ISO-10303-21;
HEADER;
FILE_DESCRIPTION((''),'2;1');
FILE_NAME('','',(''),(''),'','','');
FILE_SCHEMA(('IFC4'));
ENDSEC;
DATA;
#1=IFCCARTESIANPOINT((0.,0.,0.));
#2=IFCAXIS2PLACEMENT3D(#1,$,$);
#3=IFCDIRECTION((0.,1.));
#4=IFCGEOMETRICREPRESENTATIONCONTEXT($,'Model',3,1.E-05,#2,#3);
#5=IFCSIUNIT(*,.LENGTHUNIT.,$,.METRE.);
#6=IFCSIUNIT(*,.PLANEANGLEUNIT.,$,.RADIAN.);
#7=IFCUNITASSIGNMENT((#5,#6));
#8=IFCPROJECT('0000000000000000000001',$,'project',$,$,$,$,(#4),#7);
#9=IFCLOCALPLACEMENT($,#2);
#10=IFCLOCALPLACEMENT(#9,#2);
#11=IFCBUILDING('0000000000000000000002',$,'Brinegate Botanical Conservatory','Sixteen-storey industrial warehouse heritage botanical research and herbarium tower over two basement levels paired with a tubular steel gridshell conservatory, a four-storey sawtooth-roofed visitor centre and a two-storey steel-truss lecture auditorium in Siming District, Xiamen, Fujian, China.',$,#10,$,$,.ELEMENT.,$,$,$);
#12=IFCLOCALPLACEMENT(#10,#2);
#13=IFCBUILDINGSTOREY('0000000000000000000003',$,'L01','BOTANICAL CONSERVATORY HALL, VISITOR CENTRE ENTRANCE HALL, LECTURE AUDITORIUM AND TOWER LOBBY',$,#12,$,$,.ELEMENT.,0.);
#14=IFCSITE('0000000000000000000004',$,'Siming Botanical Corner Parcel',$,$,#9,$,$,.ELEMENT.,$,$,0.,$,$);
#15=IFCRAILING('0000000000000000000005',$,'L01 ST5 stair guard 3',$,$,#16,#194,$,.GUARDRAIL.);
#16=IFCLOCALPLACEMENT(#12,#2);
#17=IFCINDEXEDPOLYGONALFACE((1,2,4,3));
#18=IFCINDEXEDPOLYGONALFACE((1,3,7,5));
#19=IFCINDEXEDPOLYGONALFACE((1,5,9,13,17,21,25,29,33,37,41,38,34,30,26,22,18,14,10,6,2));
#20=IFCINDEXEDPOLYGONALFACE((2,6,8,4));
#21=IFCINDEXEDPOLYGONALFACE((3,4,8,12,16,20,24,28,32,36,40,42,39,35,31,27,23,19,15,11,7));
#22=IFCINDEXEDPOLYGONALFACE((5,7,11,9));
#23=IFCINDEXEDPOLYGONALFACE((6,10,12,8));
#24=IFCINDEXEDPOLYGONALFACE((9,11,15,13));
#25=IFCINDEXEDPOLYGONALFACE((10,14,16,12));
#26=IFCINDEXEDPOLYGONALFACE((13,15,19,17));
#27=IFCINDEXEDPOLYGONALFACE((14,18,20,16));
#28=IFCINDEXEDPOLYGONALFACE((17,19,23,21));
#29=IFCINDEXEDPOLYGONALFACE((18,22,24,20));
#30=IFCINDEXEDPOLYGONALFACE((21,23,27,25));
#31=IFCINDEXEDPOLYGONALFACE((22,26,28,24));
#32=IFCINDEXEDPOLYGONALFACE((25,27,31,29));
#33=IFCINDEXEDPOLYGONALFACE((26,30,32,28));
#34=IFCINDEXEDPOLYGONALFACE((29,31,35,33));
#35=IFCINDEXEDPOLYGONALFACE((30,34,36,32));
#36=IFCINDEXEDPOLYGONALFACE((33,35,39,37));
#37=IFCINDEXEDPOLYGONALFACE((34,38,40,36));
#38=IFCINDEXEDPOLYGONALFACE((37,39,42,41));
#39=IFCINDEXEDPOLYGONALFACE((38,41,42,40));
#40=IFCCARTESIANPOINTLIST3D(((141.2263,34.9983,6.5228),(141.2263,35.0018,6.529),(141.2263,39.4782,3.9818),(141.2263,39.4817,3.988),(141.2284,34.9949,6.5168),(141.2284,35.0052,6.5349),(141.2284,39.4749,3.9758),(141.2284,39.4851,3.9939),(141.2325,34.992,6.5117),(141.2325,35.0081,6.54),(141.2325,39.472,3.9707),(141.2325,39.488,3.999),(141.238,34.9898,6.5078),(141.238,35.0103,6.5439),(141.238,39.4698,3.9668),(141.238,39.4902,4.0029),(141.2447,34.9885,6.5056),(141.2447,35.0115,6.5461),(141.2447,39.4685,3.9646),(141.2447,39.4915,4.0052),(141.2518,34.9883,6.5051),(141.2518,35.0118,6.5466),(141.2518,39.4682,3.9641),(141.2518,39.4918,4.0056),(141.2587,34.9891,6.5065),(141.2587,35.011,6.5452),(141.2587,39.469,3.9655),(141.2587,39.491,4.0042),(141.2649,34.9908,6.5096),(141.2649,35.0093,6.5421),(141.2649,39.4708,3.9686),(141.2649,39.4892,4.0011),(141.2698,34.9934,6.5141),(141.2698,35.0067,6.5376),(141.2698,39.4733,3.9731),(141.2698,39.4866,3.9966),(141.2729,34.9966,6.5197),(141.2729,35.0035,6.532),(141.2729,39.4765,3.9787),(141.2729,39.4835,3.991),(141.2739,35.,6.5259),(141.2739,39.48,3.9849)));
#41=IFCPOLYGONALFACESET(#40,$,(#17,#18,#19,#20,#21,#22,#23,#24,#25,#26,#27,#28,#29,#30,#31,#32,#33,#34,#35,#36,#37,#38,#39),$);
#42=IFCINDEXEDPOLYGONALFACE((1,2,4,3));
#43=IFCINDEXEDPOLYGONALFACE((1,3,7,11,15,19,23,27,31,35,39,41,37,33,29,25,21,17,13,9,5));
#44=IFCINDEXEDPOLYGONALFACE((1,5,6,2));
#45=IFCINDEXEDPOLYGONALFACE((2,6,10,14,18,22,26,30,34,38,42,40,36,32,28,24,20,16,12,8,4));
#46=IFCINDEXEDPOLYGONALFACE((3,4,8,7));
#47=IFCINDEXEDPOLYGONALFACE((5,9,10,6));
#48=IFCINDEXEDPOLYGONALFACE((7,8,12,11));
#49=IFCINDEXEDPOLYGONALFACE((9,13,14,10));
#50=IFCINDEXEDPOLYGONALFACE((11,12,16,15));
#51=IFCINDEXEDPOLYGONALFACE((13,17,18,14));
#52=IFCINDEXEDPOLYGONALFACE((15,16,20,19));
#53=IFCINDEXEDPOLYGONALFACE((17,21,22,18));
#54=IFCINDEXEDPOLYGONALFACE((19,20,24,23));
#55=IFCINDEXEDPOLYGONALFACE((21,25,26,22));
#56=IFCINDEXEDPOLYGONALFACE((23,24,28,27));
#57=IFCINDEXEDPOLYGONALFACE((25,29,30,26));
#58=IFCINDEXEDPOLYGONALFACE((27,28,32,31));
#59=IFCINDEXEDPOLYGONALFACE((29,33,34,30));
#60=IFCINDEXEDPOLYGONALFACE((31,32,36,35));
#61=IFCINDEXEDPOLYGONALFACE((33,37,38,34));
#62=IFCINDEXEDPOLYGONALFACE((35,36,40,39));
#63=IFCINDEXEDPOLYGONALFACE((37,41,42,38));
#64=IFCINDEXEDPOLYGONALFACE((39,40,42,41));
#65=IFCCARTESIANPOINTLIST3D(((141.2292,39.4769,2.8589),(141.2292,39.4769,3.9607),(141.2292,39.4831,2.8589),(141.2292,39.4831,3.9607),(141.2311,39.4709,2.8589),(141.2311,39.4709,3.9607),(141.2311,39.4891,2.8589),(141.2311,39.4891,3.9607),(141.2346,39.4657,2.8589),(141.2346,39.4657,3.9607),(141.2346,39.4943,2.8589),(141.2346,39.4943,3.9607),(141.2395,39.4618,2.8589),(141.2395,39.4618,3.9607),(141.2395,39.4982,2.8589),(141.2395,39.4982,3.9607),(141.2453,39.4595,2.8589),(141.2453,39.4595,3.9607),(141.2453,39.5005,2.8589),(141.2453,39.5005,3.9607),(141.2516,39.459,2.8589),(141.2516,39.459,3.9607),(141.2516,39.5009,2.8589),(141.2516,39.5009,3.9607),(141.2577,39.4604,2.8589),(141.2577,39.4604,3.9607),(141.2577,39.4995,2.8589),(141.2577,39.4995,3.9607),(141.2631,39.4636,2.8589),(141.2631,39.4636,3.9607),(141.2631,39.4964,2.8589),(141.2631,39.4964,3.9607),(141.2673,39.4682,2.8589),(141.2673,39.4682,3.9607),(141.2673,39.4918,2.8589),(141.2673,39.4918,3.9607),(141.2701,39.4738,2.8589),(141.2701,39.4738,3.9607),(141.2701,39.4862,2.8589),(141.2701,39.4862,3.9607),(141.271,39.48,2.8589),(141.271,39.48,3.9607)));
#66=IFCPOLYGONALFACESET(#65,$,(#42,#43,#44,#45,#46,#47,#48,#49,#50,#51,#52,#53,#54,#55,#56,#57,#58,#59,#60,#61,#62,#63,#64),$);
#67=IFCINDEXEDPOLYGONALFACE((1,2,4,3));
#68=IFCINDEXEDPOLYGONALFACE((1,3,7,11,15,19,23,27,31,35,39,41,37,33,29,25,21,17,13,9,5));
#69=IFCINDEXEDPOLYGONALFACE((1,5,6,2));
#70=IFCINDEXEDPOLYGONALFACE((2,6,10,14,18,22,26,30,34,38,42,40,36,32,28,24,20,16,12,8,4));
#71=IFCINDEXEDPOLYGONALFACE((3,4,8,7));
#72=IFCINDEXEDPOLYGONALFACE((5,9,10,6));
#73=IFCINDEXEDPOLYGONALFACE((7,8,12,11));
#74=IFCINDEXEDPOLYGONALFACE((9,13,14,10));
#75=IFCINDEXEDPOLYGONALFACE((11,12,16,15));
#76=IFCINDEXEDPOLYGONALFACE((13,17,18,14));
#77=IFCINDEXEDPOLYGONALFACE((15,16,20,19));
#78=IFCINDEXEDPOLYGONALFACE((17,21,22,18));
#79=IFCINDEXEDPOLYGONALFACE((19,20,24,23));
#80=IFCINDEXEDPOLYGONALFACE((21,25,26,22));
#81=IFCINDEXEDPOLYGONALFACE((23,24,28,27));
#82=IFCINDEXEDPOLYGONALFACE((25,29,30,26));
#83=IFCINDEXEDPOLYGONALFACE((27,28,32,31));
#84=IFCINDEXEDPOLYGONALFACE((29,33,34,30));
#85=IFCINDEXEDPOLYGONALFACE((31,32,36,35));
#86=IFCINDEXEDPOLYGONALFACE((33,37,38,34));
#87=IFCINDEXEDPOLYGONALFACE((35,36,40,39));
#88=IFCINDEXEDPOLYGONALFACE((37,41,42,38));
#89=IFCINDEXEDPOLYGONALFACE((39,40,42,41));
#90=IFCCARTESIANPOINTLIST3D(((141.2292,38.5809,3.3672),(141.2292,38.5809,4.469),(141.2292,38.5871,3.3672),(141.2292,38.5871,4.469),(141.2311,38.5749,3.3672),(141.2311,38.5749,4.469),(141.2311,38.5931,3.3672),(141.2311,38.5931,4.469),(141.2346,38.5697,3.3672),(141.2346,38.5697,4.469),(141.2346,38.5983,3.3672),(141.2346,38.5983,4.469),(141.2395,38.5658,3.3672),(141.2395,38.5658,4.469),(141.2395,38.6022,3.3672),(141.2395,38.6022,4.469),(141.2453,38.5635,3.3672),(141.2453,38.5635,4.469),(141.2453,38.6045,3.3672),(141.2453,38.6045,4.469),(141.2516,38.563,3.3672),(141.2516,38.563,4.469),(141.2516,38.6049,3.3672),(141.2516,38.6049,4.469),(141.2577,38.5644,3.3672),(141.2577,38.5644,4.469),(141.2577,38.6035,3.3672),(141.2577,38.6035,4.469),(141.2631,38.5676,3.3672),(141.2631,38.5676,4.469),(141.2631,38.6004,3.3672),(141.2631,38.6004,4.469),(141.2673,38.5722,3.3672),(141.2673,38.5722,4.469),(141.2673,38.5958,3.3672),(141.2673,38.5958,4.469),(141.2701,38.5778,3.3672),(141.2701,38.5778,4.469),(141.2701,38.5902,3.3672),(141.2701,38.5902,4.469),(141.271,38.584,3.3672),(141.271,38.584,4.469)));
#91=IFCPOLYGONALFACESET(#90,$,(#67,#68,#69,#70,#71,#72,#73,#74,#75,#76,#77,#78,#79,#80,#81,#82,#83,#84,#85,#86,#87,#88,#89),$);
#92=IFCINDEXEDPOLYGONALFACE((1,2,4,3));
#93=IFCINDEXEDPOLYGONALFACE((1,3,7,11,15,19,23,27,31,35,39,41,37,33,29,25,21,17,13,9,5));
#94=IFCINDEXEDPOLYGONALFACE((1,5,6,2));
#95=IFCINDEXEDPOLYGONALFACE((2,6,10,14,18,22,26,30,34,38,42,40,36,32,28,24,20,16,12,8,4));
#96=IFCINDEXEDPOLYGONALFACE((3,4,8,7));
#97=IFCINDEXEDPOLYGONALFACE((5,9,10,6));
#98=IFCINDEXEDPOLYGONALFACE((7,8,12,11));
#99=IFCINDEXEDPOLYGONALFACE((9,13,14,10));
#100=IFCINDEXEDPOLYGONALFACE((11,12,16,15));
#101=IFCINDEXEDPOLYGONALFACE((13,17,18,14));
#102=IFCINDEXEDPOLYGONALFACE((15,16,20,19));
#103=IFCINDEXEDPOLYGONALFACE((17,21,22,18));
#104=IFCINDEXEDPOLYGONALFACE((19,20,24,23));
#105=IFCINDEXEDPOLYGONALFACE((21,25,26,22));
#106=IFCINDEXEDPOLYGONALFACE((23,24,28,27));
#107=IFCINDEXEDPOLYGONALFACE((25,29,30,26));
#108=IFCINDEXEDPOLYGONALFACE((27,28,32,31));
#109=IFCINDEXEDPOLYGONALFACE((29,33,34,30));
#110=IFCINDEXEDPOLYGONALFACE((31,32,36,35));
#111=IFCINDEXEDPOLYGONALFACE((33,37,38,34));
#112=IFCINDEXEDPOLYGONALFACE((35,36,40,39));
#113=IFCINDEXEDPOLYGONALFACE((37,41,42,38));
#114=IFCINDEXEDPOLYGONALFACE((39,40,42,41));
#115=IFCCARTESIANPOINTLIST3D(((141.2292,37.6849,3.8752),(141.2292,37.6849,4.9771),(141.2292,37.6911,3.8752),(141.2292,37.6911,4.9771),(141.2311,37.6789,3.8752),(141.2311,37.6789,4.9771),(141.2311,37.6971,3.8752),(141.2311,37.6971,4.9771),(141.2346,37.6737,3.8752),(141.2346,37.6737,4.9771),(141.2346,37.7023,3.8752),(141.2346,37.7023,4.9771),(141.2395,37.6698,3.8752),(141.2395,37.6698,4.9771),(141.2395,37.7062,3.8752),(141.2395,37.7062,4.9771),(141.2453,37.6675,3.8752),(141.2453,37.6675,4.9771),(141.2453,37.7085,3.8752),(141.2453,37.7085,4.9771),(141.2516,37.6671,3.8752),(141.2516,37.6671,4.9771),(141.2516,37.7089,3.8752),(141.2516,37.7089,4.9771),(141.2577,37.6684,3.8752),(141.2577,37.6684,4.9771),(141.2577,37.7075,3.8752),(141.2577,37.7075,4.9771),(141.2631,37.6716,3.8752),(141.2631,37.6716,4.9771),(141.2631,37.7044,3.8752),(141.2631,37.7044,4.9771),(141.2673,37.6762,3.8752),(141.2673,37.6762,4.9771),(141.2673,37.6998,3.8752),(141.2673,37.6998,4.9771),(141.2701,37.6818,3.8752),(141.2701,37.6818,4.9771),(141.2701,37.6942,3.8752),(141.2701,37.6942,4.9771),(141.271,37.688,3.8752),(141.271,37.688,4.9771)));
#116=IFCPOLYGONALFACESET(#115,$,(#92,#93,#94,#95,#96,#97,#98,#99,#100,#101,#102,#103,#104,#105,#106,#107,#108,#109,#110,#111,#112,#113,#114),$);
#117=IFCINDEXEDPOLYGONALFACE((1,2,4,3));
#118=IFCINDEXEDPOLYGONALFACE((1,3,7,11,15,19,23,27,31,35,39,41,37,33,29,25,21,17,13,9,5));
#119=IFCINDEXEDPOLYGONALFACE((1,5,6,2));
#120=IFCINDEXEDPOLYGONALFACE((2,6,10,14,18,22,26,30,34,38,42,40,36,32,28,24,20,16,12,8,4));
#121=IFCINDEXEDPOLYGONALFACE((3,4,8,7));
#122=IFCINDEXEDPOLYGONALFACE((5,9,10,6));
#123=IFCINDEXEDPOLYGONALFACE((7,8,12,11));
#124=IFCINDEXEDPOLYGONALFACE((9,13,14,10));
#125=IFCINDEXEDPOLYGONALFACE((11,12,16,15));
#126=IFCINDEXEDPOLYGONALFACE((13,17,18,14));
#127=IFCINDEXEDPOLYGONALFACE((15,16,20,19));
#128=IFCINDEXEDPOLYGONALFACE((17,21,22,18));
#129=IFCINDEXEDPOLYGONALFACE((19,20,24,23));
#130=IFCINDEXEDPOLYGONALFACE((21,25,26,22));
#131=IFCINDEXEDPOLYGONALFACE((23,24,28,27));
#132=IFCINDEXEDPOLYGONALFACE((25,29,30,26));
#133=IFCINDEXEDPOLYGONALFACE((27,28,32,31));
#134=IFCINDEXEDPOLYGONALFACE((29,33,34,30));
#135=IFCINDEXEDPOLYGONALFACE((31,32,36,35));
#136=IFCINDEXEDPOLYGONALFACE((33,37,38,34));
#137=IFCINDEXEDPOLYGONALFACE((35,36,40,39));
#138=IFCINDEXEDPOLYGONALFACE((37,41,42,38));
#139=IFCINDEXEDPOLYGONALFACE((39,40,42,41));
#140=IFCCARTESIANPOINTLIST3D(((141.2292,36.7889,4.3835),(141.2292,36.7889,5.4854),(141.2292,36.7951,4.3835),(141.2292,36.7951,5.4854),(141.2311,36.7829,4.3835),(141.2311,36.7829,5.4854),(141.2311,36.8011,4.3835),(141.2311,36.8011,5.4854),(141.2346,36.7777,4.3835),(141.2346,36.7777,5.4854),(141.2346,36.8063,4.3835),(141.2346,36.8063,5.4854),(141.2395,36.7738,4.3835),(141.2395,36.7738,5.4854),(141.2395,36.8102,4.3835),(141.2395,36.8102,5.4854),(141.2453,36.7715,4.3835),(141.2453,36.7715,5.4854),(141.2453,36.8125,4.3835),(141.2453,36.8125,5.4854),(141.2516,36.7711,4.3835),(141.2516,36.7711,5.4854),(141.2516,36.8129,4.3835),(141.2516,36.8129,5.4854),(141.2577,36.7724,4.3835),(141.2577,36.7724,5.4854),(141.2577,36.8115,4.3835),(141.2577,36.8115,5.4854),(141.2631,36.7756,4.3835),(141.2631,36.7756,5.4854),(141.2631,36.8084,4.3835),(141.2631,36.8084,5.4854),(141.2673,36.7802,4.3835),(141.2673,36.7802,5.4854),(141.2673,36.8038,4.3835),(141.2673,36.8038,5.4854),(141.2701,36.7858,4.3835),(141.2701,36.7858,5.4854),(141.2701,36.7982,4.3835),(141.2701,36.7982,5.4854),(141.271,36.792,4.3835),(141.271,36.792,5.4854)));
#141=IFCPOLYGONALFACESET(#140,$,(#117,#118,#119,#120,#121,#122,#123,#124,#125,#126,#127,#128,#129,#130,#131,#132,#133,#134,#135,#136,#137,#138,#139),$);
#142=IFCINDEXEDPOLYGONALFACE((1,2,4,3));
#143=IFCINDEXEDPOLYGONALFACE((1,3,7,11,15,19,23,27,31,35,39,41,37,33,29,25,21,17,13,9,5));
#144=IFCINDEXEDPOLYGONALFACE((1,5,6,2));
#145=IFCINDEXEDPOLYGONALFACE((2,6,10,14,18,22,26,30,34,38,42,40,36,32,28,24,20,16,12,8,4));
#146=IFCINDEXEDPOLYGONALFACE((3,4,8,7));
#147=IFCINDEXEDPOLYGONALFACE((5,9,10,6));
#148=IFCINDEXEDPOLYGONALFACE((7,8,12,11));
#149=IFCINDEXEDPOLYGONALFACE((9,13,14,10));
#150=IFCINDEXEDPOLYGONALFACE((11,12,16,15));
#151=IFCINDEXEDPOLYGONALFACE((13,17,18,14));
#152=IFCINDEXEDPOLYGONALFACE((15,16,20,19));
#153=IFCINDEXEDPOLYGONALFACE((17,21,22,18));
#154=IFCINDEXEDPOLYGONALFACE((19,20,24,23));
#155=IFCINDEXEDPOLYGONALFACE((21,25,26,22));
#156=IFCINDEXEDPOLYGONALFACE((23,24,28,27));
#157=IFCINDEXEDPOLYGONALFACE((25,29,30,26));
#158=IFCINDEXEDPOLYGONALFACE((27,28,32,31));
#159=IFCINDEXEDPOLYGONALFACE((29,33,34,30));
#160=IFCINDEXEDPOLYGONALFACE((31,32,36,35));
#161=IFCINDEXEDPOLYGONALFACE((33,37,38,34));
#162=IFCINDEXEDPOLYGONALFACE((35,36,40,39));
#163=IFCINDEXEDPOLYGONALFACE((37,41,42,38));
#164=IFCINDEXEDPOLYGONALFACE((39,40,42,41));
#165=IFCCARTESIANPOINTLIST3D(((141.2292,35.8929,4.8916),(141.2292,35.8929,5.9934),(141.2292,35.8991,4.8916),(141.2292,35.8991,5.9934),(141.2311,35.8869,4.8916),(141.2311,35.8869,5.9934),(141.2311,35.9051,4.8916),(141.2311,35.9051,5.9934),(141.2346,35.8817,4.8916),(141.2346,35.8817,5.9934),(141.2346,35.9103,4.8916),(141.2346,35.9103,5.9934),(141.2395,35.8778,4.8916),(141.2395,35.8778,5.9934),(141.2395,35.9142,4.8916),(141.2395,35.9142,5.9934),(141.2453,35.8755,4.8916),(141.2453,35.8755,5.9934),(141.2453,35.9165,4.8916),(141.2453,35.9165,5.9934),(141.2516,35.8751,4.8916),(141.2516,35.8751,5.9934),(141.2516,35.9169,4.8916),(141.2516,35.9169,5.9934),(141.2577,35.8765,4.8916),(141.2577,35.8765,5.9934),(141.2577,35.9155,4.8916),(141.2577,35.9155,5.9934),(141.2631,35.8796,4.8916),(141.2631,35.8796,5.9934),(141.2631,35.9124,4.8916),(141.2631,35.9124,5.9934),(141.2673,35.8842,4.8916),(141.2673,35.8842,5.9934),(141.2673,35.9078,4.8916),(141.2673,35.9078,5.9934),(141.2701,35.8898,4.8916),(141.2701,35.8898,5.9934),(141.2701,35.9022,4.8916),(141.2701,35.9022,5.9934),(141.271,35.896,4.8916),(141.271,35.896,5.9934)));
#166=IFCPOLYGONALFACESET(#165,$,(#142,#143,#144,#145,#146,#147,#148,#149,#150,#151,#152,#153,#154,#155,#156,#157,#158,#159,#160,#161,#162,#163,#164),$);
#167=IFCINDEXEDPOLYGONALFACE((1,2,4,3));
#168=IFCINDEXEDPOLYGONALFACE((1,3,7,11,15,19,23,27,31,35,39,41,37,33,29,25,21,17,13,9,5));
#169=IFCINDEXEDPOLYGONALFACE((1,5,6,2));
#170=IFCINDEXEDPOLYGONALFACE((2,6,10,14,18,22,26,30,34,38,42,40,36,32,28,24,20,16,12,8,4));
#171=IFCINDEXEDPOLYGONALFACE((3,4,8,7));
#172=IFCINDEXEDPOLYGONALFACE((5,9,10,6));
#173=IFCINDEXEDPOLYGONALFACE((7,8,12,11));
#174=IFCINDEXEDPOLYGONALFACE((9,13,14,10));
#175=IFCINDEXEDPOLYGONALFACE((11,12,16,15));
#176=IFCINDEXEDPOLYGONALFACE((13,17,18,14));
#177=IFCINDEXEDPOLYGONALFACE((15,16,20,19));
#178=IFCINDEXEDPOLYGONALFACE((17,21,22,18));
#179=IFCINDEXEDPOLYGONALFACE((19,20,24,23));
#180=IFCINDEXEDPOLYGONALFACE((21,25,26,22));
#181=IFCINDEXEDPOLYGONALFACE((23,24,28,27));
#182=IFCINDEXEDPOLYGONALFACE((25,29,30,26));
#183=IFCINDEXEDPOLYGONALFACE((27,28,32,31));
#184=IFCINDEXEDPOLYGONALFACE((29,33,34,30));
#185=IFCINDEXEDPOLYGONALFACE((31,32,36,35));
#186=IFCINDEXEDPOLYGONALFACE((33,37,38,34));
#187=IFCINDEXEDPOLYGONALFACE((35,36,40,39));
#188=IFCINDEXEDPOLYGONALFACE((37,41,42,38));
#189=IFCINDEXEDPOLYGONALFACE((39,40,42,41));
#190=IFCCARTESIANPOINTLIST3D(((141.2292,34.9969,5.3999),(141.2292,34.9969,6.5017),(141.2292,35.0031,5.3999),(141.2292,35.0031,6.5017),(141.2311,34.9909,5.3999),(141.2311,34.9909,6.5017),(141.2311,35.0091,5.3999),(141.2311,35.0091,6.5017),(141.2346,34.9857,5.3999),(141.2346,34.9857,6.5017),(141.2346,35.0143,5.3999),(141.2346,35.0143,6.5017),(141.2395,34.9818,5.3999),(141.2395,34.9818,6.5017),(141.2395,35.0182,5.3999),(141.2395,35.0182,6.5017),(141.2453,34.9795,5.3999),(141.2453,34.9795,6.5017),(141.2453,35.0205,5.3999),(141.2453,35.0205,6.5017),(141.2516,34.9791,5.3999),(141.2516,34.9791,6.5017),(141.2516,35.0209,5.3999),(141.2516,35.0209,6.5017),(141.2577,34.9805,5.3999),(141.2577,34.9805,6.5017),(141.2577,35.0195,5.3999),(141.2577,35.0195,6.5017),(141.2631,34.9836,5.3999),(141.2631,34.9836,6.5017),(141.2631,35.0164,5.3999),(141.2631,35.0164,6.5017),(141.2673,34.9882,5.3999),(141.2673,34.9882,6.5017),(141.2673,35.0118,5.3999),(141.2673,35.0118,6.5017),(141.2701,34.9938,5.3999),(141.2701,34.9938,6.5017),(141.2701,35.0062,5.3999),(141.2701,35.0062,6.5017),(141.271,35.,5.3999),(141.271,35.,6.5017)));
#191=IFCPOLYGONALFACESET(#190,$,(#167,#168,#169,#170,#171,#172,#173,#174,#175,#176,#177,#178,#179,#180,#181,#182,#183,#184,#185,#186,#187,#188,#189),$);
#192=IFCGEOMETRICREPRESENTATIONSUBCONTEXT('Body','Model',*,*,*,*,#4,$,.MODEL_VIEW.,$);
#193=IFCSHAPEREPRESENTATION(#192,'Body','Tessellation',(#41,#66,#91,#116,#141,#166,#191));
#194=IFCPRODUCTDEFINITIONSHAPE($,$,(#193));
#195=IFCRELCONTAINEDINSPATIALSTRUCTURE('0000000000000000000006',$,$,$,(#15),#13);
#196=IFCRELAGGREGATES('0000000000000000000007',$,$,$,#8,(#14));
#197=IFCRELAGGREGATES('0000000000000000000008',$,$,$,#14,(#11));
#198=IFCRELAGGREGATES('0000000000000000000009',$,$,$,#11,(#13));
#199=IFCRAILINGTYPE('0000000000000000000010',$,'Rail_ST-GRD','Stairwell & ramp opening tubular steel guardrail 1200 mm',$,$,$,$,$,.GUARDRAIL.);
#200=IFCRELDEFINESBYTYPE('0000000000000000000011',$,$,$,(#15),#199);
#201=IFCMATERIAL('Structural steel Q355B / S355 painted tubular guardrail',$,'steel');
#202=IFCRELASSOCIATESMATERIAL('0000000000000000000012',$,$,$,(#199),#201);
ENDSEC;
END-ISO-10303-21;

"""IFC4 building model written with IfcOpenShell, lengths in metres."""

from ifc_helpers import new_model, si_unit, direction, frame, origin, origin_2d, place, context, subcontext, project, spatial, circle, extrude, material, type_object, element, save


model = new_model("IFC4")

# Units and contexts
model_context = context("Model", 3, precision=1e-05, world=origin(), true_north=direction((0.0, 1.0)))
body_context = subcontext(model_context, "Body", "Model", "MODEL_VIEW")
ifc_project = project(units=[si_unit("LENGTHUNIT", "METRE"), si_unit("PLANEANGLEUNIT", "RADIAN")], contexts=[model_context])

# Site, building, storey
site_placement = place(None, origin())
site = spatial("IfcSite", under=ifc_project, at=site_placement, Name="Siming Botanical Corner Parcel", CompositionType="ELEMENT", RefElevation=0.0)
building_placement = place(site_placement, origin())
building = spatial("IfcBuilding", under=site, at=building_placement, Name="Brinegate Botanical Conservatory", Description="Sixteen-storey industrial warehouse heritage botanical research and herbarium tower over two basement levels paired with a tubular steel gridshell conservatory, a four-storey sawtooth-roofed visitor centre and a two-storey steel-truss lecture auditorium in Siming District, Xiamen, Fujian, China.", CompositionType="ELEMENT")
storey_placement = place(building_placement, origin())
storey = spatial("IfcBuildingStorey", under=building, at=storey_placement, Name="L01", Description="BOTANICAL CONSERVATORY HALL, VISITOR CENTRE ENTRANCE HALL, LECTURE AUDITORIUM AND TOWER LOBBY", CompositionType="ELEMENT", Elevation=0.0)

# Railing
ifc_material_1 = material(Name="Structural steel Q355B / S355 painted tubular guardrail", Category="steel")
railing_type = type_object("IfcRailingType", Name="Rail_ST-GRD", Description="Stairwell & ramp opening tubular steel guardrail 1200 mm", PredefinedType="GUARDRAIL", material=ifc_material_1)
railing_1_placement = place(storey_placement, frame((141.25, 39.48, 2.8589)))
element("IfcRailing", 1, at=railing_1_placement, inside=storey, type_object=railing_type, Name="L01 ST5 stair guard 3", PredefinedType="GUARDRAIL", context=body_context, shape_type="SweptSolid", body=[
    extrude(circle(Radius=0.0239, at=origin_2d()), frame((0.0, 0.0, 1.126), z_axis=(0.0, -0.869826, 0.493359), x_axis=(1.0, 0.0, 0.0)), (0.0, 0.0, 1.0), 5.1504),
    extrude(circle(Radius=0.021, at=origin_2d()), origin(), (0.0, 0.0, 1.0), 1.1018),
    extrude(circle(Radius=0.021, at=origin_2d()), frame((0.0, -0.896, 0.5083)), (0.0, 0.0, 1.0), 1.1018),
    extrude(circle(Radius=0.021, at=origin_2d()), frame((0.0, -1.792, 1.0164)), (0.0, 0.0, 1.0), 1.1018),
    extrude(circle(Radius=0.021, at=origin_2d()), frame((0.0, -2.688, 1.5247)), (0.0, 0.0, 1.0), 1.1018),
    extrude(circle(Radius=0.021, at=origin_2d()), frame((0.0, -3.584, 2.0327)), (0.0, 0.0, 1.0), 1.1018),
    extrude(circle(Radius=0.021, at=origin_2d()), frame((0.0, -4.48, 2.541)), (0.0, 0.0, 1.0), 1.1018),
])

save(model, "model.ifc")
